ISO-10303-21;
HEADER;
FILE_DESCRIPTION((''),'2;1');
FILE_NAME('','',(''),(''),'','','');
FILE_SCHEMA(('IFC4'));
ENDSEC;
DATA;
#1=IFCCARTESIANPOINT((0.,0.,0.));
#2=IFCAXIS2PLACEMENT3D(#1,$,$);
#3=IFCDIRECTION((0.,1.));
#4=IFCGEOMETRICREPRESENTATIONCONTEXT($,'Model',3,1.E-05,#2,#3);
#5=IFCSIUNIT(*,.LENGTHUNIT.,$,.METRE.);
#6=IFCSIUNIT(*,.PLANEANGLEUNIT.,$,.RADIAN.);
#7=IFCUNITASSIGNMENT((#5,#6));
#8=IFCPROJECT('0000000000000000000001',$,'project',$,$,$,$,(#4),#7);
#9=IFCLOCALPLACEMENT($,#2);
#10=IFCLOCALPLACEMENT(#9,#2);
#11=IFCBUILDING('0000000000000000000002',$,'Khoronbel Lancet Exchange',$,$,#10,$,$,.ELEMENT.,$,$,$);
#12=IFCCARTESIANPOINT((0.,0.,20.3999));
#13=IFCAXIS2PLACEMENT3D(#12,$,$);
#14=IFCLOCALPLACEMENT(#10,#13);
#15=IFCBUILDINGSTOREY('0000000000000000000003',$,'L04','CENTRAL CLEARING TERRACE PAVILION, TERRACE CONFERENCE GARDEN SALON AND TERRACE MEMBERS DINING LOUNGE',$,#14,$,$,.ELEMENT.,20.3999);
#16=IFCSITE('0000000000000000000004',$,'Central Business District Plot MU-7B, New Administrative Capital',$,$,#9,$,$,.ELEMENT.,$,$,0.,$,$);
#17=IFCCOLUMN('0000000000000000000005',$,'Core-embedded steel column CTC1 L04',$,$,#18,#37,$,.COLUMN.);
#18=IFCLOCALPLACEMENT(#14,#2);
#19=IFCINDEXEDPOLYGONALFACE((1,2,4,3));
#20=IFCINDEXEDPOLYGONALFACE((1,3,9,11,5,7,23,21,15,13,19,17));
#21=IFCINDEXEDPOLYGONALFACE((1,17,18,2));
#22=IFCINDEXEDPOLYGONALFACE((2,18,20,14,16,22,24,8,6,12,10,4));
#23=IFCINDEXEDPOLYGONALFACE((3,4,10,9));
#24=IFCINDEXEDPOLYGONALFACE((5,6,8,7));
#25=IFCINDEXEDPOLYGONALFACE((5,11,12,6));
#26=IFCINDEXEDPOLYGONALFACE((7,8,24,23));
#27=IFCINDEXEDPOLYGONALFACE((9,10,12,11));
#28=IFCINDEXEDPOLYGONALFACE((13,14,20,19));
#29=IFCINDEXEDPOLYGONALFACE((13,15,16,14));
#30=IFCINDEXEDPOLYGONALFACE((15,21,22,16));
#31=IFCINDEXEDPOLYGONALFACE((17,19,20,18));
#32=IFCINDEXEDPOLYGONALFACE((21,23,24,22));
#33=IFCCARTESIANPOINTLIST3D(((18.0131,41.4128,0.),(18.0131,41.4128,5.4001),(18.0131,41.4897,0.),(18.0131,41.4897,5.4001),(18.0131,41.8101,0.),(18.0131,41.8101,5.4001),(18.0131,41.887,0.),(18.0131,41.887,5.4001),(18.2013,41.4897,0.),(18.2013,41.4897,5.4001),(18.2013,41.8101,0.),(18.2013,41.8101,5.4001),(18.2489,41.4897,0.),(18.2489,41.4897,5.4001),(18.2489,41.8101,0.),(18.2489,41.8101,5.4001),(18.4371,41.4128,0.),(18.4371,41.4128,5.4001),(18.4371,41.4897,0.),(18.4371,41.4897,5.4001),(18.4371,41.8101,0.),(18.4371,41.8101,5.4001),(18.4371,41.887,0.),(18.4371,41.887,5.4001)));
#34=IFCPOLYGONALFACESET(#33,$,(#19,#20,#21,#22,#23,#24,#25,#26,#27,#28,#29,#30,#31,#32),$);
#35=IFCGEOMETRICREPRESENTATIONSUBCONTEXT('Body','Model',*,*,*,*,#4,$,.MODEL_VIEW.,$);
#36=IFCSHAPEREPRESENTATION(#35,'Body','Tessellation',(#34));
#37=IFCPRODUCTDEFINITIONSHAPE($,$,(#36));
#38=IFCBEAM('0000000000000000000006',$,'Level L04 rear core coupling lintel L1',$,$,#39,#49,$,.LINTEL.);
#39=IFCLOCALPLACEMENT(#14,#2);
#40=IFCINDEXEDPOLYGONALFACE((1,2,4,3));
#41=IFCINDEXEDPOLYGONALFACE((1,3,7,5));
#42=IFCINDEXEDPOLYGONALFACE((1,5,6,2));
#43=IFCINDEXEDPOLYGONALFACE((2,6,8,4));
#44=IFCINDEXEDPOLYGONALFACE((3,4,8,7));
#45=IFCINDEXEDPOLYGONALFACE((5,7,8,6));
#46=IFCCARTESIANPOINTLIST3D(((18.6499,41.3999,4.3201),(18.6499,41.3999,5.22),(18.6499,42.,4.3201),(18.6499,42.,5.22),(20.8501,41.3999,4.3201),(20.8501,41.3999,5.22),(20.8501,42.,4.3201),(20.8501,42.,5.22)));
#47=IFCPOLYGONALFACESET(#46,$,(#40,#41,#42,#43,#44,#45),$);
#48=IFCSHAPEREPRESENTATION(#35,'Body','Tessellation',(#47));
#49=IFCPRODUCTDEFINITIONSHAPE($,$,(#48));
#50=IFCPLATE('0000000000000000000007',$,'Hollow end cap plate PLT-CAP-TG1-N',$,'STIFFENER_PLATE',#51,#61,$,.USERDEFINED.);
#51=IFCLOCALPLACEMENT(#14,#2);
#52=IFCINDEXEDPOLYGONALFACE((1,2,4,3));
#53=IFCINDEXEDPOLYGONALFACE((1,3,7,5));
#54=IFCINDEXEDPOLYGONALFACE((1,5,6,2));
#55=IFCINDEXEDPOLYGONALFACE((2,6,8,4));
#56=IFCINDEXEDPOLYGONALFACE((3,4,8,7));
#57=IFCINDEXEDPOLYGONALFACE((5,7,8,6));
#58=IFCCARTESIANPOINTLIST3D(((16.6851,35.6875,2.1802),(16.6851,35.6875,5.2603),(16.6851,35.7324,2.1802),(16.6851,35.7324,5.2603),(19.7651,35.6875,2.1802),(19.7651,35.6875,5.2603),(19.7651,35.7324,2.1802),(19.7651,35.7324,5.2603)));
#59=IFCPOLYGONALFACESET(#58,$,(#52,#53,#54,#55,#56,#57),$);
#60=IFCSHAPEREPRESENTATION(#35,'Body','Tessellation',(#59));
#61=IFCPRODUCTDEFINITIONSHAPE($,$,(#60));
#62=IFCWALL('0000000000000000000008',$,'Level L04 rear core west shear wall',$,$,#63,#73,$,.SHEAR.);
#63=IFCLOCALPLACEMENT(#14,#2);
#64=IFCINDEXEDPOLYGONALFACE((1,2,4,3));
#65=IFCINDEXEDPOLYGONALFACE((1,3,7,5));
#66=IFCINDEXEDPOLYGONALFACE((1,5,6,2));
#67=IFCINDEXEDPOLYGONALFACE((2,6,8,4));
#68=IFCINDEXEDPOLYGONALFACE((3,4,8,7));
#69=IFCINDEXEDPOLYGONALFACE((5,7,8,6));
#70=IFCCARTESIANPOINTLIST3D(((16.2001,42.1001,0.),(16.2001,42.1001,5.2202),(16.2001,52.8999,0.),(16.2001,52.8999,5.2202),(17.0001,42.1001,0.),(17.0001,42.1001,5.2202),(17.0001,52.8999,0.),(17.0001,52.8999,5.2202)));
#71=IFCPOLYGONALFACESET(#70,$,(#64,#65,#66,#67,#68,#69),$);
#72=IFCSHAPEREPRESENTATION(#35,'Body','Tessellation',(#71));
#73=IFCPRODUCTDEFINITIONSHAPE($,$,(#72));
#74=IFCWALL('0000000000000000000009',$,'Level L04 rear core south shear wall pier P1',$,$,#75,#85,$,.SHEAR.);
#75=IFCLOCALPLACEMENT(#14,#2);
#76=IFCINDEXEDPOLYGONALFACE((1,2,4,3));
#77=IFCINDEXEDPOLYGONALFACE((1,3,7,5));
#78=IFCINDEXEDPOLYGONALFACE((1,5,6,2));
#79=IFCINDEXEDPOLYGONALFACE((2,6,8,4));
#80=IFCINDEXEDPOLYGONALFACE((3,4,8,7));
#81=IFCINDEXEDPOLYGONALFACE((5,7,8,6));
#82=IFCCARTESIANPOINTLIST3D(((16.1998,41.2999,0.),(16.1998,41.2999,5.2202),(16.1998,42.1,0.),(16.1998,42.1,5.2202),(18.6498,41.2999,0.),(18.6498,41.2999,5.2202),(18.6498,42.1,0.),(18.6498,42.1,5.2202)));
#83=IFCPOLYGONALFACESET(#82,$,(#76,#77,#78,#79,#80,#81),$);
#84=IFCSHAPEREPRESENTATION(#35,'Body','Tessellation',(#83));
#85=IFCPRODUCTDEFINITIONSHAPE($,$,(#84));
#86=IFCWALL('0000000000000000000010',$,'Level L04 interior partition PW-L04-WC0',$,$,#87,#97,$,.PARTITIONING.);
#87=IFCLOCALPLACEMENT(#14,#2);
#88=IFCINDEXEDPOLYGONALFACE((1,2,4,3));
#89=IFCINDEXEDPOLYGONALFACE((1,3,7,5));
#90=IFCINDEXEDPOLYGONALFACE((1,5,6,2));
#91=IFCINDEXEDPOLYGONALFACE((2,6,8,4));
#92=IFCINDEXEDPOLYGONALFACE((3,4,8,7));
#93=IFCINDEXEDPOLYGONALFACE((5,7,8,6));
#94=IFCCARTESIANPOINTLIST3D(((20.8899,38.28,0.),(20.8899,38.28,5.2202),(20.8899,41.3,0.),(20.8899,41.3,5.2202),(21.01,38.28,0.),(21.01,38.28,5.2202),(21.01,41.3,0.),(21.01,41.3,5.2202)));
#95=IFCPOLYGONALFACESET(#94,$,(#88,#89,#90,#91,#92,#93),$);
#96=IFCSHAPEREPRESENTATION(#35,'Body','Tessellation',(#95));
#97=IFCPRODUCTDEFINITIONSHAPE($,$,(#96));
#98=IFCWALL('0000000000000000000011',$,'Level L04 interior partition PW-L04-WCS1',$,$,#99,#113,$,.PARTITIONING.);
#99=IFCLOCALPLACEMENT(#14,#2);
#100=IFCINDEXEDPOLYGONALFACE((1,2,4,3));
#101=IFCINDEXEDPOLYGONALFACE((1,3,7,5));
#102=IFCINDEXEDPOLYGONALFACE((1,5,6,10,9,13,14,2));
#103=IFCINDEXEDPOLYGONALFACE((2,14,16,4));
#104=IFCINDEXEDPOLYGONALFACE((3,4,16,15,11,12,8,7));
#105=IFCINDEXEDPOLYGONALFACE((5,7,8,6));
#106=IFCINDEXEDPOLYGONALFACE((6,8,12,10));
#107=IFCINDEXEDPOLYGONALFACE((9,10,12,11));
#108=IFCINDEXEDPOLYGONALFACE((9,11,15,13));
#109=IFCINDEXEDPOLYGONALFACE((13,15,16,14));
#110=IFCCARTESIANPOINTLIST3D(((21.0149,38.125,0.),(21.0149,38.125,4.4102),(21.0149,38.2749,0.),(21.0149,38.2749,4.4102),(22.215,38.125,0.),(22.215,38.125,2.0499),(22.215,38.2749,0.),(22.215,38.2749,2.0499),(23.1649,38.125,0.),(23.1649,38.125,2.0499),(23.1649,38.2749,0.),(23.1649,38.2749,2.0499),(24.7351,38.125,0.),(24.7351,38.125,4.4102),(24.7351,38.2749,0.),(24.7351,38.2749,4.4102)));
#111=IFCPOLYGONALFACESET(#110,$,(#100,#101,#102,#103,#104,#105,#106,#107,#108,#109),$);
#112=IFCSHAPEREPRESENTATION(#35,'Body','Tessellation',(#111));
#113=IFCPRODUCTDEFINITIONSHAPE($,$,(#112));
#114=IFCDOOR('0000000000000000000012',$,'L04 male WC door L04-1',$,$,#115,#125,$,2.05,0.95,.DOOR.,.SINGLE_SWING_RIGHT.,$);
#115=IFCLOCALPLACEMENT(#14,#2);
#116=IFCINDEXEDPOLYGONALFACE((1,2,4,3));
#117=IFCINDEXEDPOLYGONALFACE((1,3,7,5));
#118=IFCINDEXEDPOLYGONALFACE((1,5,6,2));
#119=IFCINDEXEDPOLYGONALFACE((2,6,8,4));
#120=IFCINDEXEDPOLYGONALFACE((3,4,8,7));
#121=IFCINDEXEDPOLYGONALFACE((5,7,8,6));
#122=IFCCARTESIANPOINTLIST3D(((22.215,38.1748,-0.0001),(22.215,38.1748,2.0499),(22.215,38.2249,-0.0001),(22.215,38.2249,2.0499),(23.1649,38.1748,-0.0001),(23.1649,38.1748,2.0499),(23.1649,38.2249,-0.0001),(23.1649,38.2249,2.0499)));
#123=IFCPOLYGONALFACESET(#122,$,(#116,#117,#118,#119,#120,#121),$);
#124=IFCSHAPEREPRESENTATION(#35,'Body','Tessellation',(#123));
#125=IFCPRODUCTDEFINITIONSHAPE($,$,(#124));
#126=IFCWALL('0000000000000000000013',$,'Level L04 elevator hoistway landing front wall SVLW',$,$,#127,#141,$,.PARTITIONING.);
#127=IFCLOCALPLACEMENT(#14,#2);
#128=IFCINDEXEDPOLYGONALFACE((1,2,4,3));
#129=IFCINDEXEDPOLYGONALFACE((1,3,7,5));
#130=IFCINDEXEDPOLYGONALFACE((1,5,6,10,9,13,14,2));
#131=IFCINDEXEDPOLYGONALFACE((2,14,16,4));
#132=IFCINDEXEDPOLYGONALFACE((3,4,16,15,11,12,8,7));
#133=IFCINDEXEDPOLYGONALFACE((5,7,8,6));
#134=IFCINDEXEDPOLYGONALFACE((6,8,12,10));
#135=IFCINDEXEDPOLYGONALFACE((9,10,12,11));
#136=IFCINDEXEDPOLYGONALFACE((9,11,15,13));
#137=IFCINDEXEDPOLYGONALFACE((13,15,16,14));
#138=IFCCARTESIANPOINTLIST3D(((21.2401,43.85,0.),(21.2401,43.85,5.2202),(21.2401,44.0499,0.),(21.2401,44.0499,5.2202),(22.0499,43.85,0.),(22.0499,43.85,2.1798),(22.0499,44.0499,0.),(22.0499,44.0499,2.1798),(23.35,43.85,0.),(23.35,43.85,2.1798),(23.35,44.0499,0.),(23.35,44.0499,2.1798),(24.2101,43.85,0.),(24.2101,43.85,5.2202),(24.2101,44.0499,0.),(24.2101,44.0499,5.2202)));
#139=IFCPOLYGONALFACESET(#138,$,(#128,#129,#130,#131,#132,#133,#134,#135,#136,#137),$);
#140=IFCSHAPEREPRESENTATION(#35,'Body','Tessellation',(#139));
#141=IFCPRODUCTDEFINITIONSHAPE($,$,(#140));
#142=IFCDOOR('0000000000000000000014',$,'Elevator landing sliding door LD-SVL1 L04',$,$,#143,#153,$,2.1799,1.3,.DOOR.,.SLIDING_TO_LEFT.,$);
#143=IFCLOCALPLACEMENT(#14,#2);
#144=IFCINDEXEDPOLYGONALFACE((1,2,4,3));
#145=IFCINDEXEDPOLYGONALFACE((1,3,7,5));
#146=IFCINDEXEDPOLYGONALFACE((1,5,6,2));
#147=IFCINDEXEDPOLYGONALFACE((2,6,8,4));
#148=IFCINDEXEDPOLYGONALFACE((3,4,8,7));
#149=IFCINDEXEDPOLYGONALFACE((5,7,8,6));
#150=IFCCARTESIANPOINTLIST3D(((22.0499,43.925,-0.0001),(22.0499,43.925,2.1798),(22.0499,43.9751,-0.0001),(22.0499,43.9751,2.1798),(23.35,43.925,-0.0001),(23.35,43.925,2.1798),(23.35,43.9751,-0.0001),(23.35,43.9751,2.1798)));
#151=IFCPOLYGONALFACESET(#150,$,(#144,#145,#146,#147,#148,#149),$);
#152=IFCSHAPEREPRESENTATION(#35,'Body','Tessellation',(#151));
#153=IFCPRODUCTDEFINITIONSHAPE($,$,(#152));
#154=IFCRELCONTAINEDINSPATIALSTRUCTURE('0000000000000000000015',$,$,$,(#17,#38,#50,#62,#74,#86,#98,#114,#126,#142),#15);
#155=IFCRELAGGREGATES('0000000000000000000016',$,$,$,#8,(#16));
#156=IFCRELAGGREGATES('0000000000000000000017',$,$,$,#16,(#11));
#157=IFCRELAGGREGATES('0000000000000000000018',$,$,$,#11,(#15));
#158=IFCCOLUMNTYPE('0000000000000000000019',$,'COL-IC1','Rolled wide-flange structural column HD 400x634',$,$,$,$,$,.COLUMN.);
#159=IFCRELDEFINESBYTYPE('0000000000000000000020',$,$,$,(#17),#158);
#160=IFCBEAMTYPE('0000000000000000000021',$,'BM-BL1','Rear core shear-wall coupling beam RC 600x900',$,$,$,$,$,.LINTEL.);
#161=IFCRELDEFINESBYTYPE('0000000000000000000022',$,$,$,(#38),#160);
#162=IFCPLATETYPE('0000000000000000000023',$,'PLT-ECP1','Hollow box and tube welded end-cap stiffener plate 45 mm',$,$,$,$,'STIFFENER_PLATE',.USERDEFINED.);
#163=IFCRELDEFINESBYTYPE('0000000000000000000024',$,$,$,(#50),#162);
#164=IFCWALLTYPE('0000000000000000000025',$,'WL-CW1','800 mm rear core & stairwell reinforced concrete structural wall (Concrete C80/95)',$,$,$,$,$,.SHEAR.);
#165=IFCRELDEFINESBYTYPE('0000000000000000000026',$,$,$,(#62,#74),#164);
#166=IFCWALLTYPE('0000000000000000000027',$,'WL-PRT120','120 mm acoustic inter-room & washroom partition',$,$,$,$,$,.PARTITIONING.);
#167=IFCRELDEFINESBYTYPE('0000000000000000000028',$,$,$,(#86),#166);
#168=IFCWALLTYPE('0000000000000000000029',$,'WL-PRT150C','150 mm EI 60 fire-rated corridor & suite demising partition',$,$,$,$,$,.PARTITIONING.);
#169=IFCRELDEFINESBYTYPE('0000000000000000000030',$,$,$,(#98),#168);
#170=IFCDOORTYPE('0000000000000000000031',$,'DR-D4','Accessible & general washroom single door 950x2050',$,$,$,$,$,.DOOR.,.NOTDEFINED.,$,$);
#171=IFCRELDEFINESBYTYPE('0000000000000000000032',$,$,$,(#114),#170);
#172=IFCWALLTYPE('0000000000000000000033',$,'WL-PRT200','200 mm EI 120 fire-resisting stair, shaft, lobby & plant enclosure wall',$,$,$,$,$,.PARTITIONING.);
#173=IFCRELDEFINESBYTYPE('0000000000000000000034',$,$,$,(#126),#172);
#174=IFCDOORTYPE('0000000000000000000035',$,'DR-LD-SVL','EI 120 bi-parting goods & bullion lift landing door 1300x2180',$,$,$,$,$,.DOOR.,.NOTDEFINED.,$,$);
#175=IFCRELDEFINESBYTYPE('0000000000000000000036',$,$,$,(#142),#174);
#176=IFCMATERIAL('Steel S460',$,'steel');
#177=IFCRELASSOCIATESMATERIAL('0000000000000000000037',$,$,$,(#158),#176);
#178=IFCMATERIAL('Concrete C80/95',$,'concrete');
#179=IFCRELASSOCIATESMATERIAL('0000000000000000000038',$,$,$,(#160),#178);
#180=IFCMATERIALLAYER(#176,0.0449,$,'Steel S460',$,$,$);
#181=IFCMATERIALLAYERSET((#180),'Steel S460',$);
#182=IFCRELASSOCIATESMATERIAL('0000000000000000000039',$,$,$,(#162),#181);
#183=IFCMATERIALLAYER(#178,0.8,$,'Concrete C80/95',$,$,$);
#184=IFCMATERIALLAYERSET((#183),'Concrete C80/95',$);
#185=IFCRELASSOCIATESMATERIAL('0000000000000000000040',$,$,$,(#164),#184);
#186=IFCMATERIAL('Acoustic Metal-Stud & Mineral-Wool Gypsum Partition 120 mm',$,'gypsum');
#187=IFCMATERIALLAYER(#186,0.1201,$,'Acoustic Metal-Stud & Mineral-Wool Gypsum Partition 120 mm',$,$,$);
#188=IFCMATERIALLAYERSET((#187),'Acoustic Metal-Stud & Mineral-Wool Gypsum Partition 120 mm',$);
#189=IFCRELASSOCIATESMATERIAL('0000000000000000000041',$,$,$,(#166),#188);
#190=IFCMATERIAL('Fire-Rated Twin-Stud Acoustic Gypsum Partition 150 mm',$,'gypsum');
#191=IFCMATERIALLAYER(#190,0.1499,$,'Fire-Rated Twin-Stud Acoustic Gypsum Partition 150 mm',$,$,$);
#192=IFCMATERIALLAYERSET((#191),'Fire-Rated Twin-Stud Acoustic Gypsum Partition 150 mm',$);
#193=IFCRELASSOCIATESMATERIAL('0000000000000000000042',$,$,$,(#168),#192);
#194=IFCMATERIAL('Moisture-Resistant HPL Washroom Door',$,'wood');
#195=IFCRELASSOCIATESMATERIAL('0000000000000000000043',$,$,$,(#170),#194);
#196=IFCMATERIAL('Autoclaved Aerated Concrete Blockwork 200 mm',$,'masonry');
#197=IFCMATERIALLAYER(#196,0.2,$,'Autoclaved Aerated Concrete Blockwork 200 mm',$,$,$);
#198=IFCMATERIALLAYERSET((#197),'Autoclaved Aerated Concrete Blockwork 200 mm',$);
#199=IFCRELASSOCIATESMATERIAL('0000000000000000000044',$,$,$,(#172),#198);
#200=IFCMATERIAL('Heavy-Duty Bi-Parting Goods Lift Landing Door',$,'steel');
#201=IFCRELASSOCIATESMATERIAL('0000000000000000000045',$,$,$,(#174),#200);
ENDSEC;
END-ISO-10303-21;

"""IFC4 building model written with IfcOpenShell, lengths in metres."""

from ifc_helpers import new_model, si_unit, direction, frame, frame_2d, origin, origin_2d, place, context, subcontext, project, spatial, rectangle, i_section, extrude, material, layer, layer_set, material_profile, profile_set, type_object, element, fill, save


model = new_model("IFC4")

# Units and contexts
model_context = context("Model", 3, precision=1e-05, world=origin(), true_north=direction((0.0, 1.0)))
body_context = subcontext(model_context, "Body", "Model", "MODEL_VIEW")
ifc_project = project(units=[si_unit("LENGTHUNIT", "METRE"), si_unit("PLANEANGLEUNIT", "RADIAN")], contexts=[model_context])

# Site, building, storey
site_placement = place(None, origin())
site = spatial("IfcSite", under=ifc_project, at=site_placement, Name="Central Business District Plot MU-7B, New Administrative Capital", CompositionType="ELEMENT", RefElevation=0.0)
building_placement = place(site_placement, origin())
building = spatial("IfcBuilding", under=site, at=building_placement, Name="Khoronbel Lancet Exchange", CompositionType="ELEMENT")
storey_placement = place(building_placement, frame((0.0, 0.0, 20.3999)))
storey = spatial("IfcBuildingStorey", under=building, at=storey_placement, Name="L04", Description="CENTRAL CLEARING TERRACE PAVILION, TERRACE CONFERENCE GARDEN SALON AND TERRACE MEMBERS DINING LOUNGE", CompositionType="ELEMENT", Elevation=20.3999)

# Column
ifc_material_1 = material(Name="Steel S460", Category="steel")
ifc_material_profile_1 = material_profile(ifc_material_1, i_section(OverallWidth=0.4241, OverallDepth=0.4741, WebThickness=0.0476, FlangeThickness=0.0769, at=origin_2d()), Name="HD 400x634")
ifc_profile_set_1 = profile_set([ifc_material_profile_1], Name="Steel S460")
column_type = type_object("IfcColumnType", Name="COL-IC1", Description="Rolled wide-flange structural column HD 400x634", PredefinedType="COLUMN", material=ifc_profile_set_1)
column_placement = place(storey_placement, frame((18.2251, 41.6499, 0.0), z_axis=(0.0, 0.0, 1.0), x_axis=(1.0, 0.0, 0.0)))
element("IfcColumn", 1, at=column_placement, inside=storey, type_object=column_type, Name="Core-embedded steel column CTC1 L04", PredefinedType="COLUMN", context=body_context, shape_type="SweptSolid", body=[
    extrude(i_section(OverallWidth=0.4241, OverallDepth=0.4741, WebThickness=0.0476, FlangeThickness=0.0769, at=origin_2d()), origin(), (0.0, 0.0, 1.0), 5.4001),
])

# Beam
ifc_material_2 = material(Name="Concrete C80/95", Category="concrete")
ifc_material_profile_2 = material_profile(ifc_material_2, rectangle(XDim=0.6001, YDim=0.8999, at=origin_2d()), Name="RC 600x900")
ifc_profile_set_2 = profile_set([ifc_material_profile_2], Name="Concrete C80/95")
beam_type = type_object("IfcBeamType", Name="BM-BL1", Description="Rear core shear-wall coupling beam RC 600x900", PredefinedType="LINTEL", material=ifc_profile_set_2)
beam_placement = place(storey_placement, frame((18.6499, 41.7, 4.77), z_axis=(1.0, 0.0, 0.0), x_axis=(0.0, 1.0, 0.0)))
element("IfcBeam", 2, at=beam_placement, inside=storey, type_object=beam_type, Name="Level L04 rear core coupling lintel L1", PredefinedType="LINTEL", context=body_context, shape_type="SweptSolid", body=[
    extrude(rectangle(XDim=0.6001, YDim=0.8999, at=origin_2d()), origin(), (0.0, 0.0, 1.0), 2.2002),
])

# Plate
ifc_layer_1 = layer(ifc_material_1, 0.0449, Name="Steel S460")
ifc_layer_set_1 = layer_set([ifc_layer_1], Name="Steel S460")
plate_type = type_object("IfcPlateType", Name="PLT-ECP1", Description="Hollow box and tube welded end-cap stiffener plate 45 mm", ElementType="STIFFENER_PLATE", PredefinedType="USERDEFINED", material=ifc_layer_set_1)
plate_placement = place(storey_placement, frame((18.2251, 35.71, 2.1802), z_axis=(0.0, 0.0, 1.0), x_axis=(0.0, 1.0, 0.0)))
element("IfcPlate", 3, at=plate_placement, inside=storey, type_object=plate_type, Name="Hollow end cap plate PLT-CAP-TG1-N", ObjectType="STIFFENER_PLATE", PredefinedType="USERDEFINED", context=body_context, shape_type="SweptSolid", body=[
    extrude(rectangle(XDim=0.0449, YDim=3.0801, at=origin_2d()), origin(), (0.0, 0.0, 1.0), 3.0801),
])

# Walls
ifc_layer_2 = layer(ifc_material_2, 0.8, Name="Concrete C80/95")
ifc_layer_set_2 = layer_set([ifc_layer_2], Name="Concrete C80/95")
wall_type_1 = type_object("IfcWallType", Name="WL-CW1", Description="800 mm rear core & stairwell reinforced concrete structural wall (Concrete C80/95)", PredefinedType="SHEAR", material=ifc_layer_set_2)
wall_1_placement = place(storey_placement, frame((16.6001, 42.1001, 0.0), z_axis=(0.0, 0.0, 1.0), x_axis=(0.0, 1.0, 0.0)))
element("IfcWall", 4, at=wall_1_placement, inside=storey, type_object=wall_type_1, Name="Level L04 rear core west shear wall", PredefinedType="SHEAR", context=body_context, shape_type="SweptSolid", body=[
    extrude(rectangle(XDim=10.7998, YDim=0.8, at=frame_2d((5.3999, 0.0))), origin(), (0.0, 0.0, 1.0), 5.2202),
])
wall_2_placement = place(storey_placement, frame((18.6499, 41.7, 0.0), z_axis=(0.0, 0.0, 1.0), x_axis=(-1.0, 0.0, 0.0)))
element("IfcWall", 5, at=wall_2_placement, inside=storey, type_object=wall_type_1, Name="Level L04 rear core south shear wall pier P1", PredefinedType="SHEAR", context=body_context, shape_type="SweptSolid", body=[
    extrude(rectangle(XDim=2.45, YDim=0.8, at=frame_2d((1.2251, 0.0))), origin(), (0.0, 0.0, 1.0), 5.2202),
])
ifc_material_3 = material(Name="Acoustic Metal-Stud & Mineral-Wool Gypsum Partition 120 mm", Category="gypsum")
ifc_layer_3 = layer(ifc_material_3, 0.1201, Name="Acoustic Metal-Stud & Mineral-Wool Gypsum Partition 120 mm")
ifc_layer_set_3 = layer_set([ifc_layer_3], Name="Acoustic Metal-Stud & Mineral-Wool Gypsum Partition 120 mm")
wall_type_2 = type_object("IfcWallType", Name="WL-PRT120", Description="120 mm acoustic inter-room & washroom partition", PredefinedType="PARTITIONING", material=ifc_layer_set_3)
wall_3_placement = place(storey_placement, frame((20.95, 38.28, 0.0), z_axis=(0.0, 0.0, 1.0), x_axis=(0.0, 1.0, 0.0)))
element("IfcWall", 6, at=wall_3_placement, inside=storey, type_object=wall_type_2, Name="Level L04 interior partition PW-L04-WC0", PredefinedType="PARTITIONING", context=body_context, shape_type="SweptSolid", body=[
    extrude(rectangle(XDim=3.02, YDim=0.1201, at=frame_2d((1.51, 0.0))), origin(), (0.0, 0.0, 1.0), 5.2202),
])

# Walls, openings, doors
ifc_material_4 = material(Name="Fire-Rated Twin-Stud Acoustic Gypsum Partition 150 mm", Category="gypsum")
ifc_layer_4 = layer(ifc_material_4, 0.1499, Name="Fire-Rated Twin-Stud Acoustic Gypsum Partition 150 mm")
ifc_layer_set_4 = layer_set([ifc_layer_4], Name="Fire-Rated Twin-Stud Acoustic Gypsum Partition 150 mm")
wall_type_3 = type_object("IfcWallType", Name="WL-PRT150C", Description="150 mm EI 60 fire-rated corridor & suite demising partition", PredefinedType="PARTITIONING", material=ifc_layer_set_4)
wall_4_placement = place(storey_placement, frame((21.0149, 38.2, 0.0), z_axis=(0.0, 0.0, 1.0), x_axis=(1.0, 0.0, 0.0)))
wall_4 = element("IfcWall", 7, at=wall_4_placement, inside=storey, type_object=wall_type_3, Name="Level L04 interior partition PW-L04-WCS1", PredefinedType="PARTITIONING", context=body_context, shape_type="SweptSolid", body=[
    extrude(rectangle(XDim=3.7202, YDim=0.1499, at=frame_2d((1.8601, 0.0))), origin(), (0.0, 0.0, 1.0), 4.4102),
])
opening_1_placement = place(wall_4_placement, frame((1.2, 0.0, 0.0)))
opening_1 = element("IfcOpeningElement", 8, at=opening_1_placement, cuts=wall_4, PredefinedType="OPENING", context=body_context, shape_type="SweptSolid", body=[
    extrude(rectangle(XDim=0.95, YDim=2.05, at=frame_2d((0.4751, 1.0249))), frame((0.0, 0.085, 0.0), z_axis=(0.0, -1.0, 0.0), x_axis=(1.0, 0.0, 0.0)), (0.0, 0.0, 1.0), 0.1699),
])
ifc_material_5 = material(Name="Moisture-Resistant HPL Washroom Door", Category="wood")
door_type_1 = type_object("IfcDoorType", Name="DR-D4", Description="Accessible & general washroom single door 950x2050", OperationType="NOTDEFINED", PredefinedType="DOOR", material=ifc_material_5)
door_1_placement = place(opening_1_placement, origin())
door_1 = element("IfcDoor", 9, at=door_1_placement, inside=storey, type_object=door_type_1, Name="L04 male WC door L04-1", OperationType="SINGLE_SWING_RIGHT", OverallHeight=2.05, OverallWidth=0.95, PredefinedType="DOOR", context=body_context, shape_type="SweptSolid", body=[
    extrude(rectangle(XDim=0.95, YDim=2.05, at=frame_2d((0.4751, 1.0249))), frame((0.0, 0.0249, 0.0), z_axis=(0.0, -1.0, 0.0), x_axis=(1.0, 0.0, 0.0)), (0.0, 0.0, 1.0), 0.05),
])
fill(opening_1, door_1)
ifc_material_6 = material(Name="Autoclaved Aerated Concrete Blockwork 200 mm", Category="masonry")
ifc_layer_5 = layer(ifc_material_6, 0.2, Name="Autoclaved Aerated Concrete Blockwork 200 mm")
ifc_layer_set_5 = layer_set([ifc_layer_5], Name="Autoclaved Aerated Concrete Blockwork 200 mm")
wall_type_4 = type_object("IfcWallType", Name="WL-PRT200", Description="200 mm EI 120 fire-resisting stair, shaft, lobby & plant enclosure wall", PredefinedType="PARTITIONING", material=ifc_layer_set_5)
wall_5_placement = place(storey_placement, frame((24.21, 43.95, 0.0), z_axis=(0.0, 0.0, 1.0), x_axis=(-1.0, 0.0, 0.0)))
wall_5 = element("IfcWall", 10, at=wall_5_placement, inside=storey, type_object=wall_type_4, Name="Level L04 elevator hoistway landing front wall SVLW", PredefinedType="PARTITIONING", context=body_context, shape_type="SweptSolid", body=[
    extrude(rectangle(XDim=2.97, YDim=0.2, at=frame_2d((1.4849, 0.0))), origin(), (0.0, 0.0, 1.0), 5.2202),
])
opening_2_placement = place(wall_5_placement, frame((0.8601, 0.0, 0.0)))
opening_2 = element("IfcOpeningElement", 11, at=opening_2_placement, cuts=wall_5, PredefinedType="OPENING", context=body_context, shape_type="SweptSolid", body=[
    extrude(rectangle(XDim=1.3, YDim=2.1799, at=frame_2d((0.6499, 1.0898))), frame((0.0, 0.1099, 0.0), z_axis=(0.0, -1.0, 0.0), x_axis=(1.0, 0.0, 0.0)), (0.0, 0.0, 1.0), 0.22),
])
ifc_material_7 = material(Name="Heavy-Duty Bi-Parting Goods Lift Landing Door", Category="steel")
door_type_2 = type_object("IfcDoorType", Name="DR-LD-SVL", Description="EI 120 bi-parting goods & bullion lift landing door 1300x2180", OperationType="NOTDEFINED", PredefinedType="DOOR", material=ifc_material_7)
door_2_placement = place(opening_2_placement, origin())
door_2 = element("IfcDoor", 12, at=door_2_placement, inside=storey, type_object=door_type_2, Name="Elevator landing sliding door LD-SVL1 L04", OperationType="SLIDING_TO_LEFT", OverallHeight=2.1799, OverallWidth=1.3, PredefinedType="DOOR", context=body_context, shape_type="SweptSolid", body=[
    extrude(rectangle(XDim=1.3, YDim=2.1799, at=frame_2d((0.6499, 1.0898))), frame((0.0, 0.0249, 0.0), z_axis=(0.0, -1.0, 0.0), x_axis=(1.0, 0.0, 0.0)), (0.0, 0.0, 1.0), 0.05),
])
fill(opening_2, door_2)

save(model, "model.ifc")
